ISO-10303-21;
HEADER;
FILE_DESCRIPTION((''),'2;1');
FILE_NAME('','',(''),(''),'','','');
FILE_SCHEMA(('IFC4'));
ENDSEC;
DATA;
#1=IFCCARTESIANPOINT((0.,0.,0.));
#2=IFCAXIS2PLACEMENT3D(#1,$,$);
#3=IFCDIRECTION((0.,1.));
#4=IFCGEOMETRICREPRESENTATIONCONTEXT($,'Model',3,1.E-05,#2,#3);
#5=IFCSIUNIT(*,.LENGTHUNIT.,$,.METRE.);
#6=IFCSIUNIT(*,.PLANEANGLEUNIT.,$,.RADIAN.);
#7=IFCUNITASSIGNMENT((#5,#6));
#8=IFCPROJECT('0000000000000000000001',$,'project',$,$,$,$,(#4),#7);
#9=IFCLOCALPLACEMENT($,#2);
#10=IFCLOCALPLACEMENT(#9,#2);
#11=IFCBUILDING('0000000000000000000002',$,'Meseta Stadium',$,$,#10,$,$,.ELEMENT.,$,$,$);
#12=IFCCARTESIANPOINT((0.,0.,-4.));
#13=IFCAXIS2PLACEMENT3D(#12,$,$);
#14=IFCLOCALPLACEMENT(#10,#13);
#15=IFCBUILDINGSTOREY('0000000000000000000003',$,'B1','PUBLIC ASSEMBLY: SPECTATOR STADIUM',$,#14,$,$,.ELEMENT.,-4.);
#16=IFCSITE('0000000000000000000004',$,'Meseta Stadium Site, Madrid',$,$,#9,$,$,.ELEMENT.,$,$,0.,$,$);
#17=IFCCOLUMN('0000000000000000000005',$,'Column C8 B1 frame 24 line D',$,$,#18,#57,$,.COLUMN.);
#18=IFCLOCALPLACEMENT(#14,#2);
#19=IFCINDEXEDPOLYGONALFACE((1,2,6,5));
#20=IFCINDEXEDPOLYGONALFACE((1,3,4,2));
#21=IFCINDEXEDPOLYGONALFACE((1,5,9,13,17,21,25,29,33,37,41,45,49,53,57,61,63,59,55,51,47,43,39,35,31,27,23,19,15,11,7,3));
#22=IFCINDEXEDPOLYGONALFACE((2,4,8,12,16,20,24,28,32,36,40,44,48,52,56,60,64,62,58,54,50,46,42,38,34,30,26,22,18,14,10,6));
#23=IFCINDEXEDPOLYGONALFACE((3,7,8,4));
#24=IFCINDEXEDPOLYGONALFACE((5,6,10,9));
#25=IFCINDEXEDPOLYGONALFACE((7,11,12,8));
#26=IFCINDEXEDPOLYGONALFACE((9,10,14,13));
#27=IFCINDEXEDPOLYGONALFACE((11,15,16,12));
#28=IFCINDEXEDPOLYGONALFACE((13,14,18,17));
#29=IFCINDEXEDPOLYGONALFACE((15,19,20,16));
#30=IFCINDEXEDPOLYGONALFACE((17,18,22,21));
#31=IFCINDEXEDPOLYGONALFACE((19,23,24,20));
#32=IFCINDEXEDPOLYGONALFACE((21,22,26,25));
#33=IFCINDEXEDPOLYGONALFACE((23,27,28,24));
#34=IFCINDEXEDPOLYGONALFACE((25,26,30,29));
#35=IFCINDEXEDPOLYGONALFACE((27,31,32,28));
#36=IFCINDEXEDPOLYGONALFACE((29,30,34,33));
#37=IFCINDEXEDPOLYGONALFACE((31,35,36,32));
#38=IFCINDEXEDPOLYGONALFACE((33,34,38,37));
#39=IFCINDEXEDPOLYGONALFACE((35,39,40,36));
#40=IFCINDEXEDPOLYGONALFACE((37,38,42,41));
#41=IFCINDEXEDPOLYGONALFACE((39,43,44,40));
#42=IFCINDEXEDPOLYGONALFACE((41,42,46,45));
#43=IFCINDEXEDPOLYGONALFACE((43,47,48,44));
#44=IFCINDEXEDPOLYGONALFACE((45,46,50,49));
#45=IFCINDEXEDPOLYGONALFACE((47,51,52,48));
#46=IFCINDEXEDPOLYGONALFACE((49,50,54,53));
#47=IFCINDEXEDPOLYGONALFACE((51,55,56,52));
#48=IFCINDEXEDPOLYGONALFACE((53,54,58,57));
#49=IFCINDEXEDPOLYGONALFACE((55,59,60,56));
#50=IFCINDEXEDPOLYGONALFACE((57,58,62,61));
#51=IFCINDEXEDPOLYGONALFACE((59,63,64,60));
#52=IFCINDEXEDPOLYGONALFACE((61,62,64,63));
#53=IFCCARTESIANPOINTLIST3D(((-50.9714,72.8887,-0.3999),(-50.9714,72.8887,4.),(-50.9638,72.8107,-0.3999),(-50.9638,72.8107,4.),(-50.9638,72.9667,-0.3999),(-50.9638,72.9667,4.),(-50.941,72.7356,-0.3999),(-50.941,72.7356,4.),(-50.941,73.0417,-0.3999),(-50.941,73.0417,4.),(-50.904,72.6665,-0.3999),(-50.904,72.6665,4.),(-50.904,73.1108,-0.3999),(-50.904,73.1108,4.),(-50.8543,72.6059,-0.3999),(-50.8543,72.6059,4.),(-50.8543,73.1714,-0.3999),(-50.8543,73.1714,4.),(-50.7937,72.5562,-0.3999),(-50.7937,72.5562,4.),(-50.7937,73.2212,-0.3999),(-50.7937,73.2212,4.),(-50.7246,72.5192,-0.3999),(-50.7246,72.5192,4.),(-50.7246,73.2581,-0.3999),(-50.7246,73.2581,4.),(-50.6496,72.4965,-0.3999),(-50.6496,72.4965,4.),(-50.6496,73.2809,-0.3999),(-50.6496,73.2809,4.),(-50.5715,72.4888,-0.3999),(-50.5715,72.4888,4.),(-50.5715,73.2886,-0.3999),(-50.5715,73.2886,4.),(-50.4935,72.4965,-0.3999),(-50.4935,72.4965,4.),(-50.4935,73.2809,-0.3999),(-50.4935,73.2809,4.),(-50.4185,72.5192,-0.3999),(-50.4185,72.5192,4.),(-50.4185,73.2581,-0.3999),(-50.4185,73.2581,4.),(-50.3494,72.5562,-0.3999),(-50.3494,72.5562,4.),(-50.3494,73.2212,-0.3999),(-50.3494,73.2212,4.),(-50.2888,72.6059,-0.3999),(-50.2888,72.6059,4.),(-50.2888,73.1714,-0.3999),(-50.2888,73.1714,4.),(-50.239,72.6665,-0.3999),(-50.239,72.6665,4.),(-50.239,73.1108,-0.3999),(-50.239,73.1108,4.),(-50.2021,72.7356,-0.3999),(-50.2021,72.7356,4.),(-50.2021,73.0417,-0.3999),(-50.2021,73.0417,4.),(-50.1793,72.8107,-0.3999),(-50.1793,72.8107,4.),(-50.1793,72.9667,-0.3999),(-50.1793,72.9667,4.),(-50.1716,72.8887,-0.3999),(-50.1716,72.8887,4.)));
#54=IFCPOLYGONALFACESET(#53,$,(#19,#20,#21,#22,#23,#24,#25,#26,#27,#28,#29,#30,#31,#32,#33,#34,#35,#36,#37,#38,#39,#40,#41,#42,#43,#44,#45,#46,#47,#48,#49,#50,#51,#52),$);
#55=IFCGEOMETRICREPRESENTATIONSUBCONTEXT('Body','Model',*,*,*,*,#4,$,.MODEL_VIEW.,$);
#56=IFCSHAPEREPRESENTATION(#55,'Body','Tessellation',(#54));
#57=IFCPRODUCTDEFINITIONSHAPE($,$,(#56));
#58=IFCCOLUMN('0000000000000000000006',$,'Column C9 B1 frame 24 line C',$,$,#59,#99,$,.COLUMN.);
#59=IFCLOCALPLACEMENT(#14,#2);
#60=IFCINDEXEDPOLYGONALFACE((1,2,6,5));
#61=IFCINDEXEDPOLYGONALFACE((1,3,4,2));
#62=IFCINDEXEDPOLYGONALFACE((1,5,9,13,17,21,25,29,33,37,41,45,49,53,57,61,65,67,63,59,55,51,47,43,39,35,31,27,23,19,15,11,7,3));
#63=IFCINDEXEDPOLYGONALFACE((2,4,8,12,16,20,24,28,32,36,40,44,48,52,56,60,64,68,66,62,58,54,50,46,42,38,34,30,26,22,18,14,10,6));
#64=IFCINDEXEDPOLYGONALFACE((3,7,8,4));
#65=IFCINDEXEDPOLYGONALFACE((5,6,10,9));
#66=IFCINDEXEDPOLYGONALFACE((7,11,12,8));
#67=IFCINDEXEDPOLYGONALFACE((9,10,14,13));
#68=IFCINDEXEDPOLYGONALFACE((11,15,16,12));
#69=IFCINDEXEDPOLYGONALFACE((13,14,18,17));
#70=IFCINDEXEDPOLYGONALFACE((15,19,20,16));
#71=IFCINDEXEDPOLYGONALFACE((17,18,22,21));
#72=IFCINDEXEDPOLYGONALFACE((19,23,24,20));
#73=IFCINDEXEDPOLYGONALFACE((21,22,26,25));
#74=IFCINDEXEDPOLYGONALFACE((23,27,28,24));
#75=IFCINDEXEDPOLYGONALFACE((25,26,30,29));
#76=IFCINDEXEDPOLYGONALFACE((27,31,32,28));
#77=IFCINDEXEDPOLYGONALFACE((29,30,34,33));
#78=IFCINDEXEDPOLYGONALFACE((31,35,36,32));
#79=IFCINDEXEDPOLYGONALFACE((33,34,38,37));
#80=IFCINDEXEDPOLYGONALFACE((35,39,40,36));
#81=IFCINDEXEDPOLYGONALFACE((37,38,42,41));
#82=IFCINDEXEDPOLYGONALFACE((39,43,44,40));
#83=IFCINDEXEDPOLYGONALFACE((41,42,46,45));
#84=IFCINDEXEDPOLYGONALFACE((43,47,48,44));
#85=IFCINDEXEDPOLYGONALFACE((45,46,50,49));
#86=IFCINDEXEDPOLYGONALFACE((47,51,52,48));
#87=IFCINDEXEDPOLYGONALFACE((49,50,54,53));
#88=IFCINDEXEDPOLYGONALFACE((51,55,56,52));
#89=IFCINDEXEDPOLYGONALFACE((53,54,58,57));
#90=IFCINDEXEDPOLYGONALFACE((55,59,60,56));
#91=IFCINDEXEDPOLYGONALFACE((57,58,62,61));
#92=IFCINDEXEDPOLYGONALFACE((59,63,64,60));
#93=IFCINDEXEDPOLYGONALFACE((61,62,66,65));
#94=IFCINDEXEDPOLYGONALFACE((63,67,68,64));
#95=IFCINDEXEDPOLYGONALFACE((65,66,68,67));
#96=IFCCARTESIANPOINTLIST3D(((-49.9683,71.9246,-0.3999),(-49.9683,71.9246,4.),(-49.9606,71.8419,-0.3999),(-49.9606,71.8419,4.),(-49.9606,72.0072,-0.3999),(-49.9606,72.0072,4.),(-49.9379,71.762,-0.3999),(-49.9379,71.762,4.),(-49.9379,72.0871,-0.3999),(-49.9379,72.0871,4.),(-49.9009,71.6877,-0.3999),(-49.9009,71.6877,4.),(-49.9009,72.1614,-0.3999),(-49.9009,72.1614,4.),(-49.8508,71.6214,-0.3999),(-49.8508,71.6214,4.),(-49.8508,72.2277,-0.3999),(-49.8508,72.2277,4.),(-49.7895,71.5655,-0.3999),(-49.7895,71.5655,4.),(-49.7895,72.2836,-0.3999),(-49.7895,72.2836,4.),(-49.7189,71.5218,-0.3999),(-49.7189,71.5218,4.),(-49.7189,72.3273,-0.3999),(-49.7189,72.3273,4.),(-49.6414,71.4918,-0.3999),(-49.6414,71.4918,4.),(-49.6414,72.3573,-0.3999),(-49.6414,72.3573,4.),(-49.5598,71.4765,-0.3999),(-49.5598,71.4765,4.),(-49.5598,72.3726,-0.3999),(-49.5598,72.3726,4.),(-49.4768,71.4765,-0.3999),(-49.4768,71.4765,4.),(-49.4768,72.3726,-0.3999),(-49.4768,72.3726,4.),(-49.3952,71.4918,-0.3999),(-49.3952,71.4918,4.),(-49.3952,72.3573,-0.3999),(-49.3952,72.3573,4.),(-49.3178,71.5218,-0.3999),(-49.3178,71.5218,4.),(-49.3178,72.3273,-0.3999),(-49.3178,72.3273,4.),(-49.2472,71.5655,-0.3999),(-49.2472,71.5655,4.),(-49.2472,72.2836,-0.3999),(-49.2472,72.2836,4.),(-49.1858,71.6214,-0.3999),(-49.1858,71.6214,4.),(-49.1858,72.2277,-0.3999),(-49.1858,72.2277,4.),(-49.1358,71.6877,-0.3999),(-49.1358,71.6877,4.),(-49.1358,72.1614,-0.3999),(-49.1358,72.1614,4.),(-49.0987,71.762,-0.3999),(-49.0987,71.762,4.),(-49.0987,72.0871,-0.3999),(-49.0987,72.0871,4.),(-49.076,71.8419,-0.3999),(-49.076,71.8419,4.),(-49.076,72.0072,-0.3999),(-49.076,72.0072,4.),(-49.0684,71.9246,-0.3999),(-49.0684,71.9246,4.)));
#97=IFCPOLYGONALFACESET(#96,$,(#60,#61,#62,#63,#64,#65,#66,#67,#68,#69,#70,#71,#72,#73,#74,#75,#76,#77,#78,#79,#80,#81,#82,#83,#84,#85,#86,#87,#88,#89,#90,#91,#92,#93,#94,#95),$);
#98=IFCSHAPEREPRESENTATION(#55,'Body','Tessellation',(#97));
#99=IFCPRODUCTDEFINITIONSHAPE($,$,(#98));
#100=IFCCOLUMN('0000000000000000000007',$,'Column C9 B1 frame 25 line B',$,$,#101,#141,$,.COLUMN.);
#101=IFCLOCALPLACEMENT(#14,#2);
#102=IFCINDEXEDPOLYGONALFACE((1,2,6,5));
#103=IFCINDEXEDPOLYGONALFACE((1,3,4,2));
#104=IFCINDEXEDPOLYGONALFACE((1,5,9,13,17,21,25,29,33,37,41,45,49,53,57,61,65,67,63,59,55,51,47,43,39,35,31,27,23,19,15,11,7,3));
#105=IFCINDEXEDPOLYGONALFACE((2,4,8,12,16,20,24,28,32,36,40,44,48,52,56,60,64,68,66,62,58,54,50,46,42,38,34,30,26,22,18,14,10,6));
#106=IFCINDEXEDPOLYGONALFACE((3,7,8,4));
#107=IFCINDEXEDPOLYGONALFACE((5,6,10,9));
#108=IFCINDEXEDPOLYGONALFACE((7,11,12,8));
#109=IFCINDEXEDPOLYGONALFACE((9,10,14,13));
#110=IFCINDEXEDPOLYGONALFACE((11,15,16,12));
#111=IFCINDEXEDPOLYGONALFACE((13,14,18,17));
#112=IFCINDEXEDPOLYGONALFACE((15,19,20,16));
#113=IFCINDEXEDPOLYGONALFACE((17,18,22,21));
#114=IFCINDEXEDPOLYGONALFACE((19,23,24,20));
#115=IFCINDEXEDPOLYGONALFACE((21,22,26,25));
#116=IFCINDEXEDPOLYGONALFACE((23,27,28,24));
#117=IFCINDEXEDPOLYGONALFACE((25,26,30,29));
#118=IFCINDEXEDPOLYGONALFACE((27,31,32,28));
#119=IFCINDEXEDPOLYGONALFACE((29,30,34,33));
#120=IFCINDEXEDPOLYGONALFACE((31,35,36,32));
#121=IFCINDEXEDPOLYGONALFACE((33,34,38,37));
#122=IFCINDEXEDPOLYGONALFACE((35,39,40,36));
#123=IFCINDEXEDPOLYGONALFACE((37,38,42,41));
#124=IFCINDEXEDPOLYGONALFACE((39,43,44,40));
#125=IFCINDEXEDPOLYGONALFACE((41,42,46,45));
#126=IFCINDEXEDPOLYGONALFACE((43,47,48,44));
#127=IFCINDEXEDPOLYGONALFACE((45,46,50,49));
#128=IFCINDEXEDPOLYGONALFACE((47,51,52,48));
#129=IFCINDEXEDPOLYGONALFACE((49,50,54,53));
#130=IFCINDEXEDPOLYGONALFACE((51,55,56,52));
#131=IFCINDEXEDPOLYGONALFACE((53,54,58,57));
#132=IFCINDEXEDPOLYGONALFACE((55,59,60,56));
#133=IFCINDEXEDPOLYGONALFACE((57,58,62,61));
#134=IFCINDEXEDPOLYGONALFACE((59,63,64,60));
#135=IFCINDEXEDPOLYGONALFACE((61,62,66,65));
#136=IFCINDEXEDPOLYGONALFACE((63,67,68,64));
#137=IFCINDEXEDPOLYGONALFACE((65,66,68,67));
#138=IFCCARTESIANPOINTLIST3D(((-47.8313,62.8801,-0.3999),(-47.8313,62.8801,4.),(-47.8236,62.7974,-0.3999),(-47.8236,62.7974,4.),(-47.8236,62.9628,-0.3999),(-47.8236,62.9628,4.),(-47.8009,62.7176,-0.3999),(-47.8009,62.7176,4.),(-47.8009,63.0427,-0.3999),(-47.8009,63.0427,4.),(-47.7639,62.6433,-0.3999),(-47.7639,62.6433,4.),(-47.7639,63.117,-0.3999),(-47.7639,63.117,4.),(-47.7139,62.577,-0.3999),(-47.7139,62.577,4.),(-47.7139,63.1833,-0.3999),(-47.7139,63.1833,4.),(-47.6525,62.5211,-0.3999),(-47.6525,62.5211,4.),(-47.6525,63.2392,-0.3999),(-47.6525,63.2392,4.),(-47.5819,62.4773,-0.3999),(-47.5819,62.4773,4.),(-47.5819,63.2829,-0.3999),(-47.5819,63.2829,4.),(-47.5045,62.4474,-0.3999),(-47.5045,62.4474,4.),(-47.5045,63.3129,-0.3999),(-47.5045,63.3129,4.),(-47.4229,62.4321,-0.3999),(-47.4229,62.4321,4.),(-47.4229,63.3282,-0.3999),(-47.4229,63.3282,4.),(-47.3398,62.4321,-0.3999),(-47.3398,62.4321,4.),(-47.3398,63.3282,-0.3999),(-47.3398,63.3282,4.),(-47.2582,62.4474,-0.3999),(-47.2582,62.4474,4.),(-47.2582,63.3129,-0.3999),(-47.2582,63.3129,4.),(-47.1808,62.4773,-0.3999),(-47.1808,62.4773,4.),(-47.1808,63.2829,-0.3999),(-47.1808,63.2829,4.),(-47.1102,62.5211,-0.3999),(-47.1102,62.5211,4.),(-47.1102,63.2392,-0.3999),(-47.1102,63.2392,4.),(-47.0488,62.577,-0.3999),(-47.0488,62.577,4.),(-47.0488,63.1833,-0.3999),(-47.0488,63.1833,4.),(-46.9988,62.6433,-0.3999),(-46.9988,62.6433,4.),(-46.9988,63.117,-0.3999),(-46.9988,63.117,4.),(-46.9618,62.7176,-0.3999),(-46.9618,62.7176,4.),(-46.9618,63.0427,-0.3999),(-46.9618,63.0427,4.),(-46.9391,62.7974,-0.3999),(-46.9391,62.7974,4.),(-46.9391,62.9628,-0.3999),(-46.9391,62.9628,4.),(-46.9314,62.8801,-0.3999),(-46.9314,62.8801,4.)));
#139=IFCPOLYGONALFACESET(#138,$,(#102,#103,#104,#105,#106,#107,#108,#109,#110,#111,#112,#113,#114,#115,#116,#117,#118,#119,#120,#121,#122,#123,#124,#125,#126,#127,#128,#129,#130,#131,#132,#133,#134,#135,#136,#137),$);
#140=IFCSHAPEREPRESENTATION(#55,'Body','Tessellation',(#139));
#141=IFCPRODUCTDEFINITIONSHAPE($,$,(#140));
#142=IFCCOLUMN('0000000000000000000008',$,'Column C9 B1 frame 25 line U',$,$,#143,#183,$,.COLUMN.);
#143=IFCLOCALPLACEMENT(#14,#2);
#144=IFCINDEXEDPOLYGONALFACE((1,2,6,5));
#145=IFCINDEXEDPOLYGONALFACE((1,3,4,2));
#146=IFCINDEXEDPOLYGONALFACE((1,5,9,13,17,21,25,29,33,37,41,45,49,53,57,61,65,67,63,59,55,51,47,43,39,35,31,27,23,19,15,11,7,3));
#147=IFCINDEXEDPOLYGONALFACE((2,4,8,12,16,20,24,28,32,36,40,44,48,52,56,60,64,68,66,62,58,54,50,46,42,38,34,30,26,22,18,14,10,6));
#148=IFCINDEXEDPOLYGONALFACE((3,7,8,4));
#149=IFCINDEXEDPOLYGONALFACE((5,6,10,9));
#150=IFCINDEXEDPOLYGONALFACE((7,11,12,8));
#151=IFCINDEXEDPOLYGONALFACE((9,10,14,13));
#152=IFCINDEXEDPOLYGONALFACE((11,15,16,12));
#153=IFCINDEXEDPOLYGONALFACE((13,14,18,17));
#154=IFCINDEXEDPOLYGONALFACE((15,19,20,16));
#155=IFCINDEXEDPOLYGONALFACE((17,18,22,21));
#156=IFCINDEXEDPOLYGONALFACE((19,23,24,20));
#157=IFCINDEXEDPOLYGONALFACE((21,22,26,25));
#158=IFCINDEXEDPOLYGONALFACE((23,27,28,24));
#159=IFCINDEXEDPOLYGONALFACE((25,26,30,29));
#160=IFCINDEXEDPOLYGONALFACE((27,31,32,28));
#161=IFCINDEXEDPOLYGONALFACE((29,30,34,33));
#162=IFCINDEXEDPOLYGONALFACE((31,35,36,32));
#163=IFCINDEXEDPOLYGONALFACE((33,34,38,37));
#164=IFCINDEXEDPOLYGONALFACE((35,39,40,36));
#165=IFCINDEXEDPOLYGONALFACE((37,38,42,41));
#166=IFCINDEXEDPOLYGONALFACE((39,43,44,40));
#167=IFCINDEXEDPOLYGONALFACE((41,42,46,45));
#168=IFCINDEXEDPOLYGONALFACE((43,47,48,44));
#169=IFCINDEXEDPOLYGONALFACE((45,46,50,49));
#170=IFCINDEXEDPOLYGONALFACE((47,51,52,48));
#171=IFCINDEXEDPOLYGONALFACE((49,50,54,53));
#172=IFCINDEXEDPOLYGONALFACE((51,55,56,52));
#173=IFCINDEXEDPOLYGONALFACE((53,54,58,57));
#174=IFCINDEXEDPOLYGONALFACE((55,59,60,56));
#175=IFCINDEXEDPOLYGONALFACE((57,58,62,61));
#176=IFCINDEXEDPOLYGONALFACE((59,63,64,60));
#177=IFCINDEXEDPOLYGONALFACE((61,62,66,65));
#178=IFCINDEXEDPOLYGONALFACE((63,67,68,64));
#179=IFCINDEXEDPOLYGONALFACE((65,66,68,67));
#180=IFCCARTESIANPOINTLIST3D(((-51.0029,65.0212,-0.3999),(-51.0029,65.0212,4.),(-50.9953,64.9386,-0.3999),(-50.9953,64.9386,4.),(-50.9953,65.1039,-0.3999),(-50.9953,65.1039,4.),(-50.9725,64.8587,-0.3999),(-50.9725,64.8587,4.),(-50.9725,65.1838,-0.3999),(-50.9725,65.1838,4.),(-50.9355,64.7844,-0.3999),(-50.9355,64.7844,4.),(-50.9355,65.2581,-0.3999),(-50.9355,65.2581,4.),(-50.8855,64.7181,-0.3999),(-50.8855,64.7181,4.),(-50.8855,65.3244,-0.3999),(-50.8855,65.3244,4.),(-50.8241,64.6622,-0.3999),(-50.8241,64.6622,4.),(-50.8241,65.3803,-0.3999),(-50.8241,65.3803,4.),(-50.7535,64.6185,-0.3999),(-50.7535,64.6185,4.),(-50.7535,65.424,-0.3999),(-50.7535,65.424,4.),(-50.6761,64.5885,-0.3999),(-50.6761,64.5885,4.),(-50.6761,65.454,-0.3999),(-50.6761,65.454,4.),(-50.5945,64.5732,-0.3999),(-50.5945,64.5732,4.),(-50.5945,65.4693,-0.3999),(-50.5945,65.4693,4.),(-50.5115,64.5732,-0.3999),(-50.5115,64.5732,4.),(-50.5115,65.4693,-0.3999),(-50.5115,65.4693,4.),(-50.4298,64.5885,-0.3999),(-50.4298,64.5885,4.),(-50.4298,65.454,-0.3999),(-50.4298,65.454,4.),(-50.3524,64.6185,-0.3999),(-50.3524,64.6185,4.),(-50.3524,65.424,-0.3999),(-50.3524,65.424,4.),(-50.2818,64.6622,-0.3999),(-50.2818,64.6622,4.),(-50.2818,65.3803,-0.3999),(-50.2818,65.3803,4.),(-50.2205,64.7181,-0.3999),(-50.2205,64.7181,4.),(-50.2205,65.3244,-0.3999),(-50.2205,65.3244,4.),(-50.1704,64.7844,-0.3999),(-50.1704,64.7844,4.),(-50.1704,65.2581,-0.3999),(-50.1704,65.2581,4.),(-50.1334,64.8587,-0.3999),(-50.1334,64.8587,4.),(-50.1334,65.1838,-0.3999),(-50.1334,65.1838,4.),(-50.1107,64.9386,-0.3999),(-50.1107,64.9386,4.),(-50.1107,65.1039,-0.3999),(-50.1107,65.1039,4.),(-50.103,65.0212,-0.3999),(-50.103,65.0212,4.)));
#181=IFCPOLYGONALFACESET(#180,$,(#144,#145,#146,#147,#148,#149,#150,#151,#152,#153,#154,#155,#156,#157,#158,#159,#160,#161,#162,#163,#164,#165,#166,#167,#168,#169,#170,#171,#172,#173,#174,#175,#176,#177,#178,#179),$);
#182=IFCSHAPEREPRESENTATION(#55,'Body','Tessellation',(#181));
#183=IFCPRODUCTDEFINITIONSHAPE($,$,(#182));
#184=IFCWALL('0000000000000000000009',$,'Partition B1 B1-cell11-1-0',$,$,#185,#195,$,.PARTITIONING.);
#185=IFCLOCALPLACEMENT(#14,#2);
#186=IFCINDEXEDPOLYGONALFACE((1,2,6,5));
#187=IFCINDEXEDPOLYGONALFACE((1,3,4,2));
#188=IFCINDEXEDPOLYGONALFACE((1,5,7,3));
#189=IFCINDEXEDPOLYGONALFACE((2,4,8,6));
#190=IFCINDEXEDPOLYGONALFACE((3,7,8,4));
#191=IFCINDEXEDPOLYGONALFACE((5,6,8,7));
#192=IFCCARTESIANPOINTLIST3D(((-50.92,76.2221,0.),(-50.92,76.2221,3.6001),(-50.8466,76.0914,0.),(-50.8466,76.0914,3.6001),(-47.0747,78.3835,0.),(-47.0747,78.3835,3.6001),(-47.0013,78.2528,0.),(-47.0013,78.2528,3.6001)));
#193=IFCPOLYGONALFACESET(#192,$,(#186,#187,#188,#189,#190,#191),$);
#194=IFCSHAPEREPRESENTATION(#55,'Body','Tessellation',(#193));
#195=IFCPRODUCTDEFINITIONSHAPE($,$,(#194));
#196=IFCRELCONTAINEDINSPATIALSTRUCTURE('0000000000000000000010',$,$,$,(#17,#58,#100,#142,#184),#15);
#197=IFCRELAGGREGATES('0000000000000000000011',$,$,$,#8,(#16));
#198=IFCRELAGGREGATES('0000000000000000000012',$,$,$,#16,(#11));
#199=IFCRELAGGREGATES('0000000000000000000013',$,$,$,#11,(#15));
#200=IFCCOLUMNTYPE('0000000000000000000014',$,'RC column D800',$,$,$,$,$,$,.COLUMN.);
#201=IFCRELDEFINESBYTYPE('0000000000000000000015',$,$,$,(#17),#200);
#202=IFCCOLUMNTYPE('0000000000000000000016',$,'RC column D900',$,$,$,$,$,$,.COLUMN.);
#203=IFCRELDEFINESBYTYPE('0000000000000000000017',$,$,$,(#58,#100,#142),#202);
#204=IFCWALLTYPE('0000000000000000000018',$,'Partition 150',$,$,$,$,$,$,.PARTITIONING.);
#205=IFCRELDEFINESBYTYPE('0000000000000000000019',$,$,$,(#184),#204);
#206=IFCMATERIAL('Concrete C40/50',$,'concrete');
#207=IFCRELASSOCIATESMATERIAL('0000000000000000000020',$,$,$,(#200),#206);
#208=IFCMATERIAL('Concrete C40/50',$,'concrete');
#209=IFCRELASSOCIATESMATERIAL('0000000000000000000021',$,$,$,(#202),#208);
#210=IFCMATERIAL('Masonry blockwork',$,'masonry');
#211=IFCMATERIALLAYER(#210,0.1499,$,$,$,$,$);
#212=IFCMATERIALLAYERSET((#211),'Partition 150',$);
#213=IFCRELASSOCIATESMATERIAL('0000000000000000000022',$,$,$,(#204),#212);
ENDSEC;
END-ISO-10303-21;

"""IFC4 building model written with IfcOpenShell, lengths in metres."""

from ifc_helpers import new_model, si_unit, direction, frame, frame_2d, origin, origin_2d, place, context, subcontext, project, spatial, rectangle, circle, extrude, material, layer, layer_set, material_profile, profile_set, type_object, element, save


model = new_model("IFC4")

# Units and contexts
model_context = context("Model", 3, precision=1e-05, world=origin(), true_north=direction((0.0, 1.0)))
body_context = subcontext(model_context, "Body", "Model", "MODEL_VIEW")
ifc_project = project(units=[si_unit("LENGTHUNIT", "METRE"), si_unit("PLANEANGLEUNIT", "RADIAN")], contexts=[model_context])

# Site, building, storey
site_placement = place(None, origin())
site = spatial("IfcSite", under=ifc_project, at=site_placement, Name="Meseta Stadium Site, Madrid", CompositionType="ELEMENT", RefElevation=0.0)
building_placement = place(site_placement, origin())
building = spatial("IfcBuilding", under=site, at=building_placement, Name="Meseta Stadium", CompositionType="ELEMENT")
storey_placement = place(building_placement, frame((0.0, 0.0, -4.0)))
storey = spatial("IfcBuildingStorey", under=building, at=storey_placement, Name="B1", Description="PUBLIC ASSEMBLY: SPECTATOR STADIUM", CompositionType="ELEMENT", Elevation=-4.0)

# Columns
ifc_material_1 = material(Name="Concrete C40/50", Category="concrete")
ifc_material_profile_1 = material_profile(ifc_material_1, circle(Radius=0.3999, at=origin_2d()), Name="RC D800")
ifc_profile_set_1 = profile_set([ifc_material_profile_1], Name="Concrete C40/50")
column_type_1 = type_object("IfcColumnType", Name="RC column D800", PredefinedType="COLUMN", material=ifc_profile_set_1)
column_placement = place(storey_placement, frame((-50.5715, 72.8887, -0.3999), z_axis=(0.0, 0.0, 1.0), x_axis=(1.0, 0.0, 0.0)))
element("IfcColumn", 1, at=column_placement, inside=storey, type_object=column_type_1, Name="Column C8 B1 frame 24 line D", PredefinedType="COLUMN", context=body_context, shape_type="SweptSolid", body=[
    extrude(circle(Radius=0.3999, at=origin_2d()), origin(), (0.0, 0.0, 1.0), 4.3999),
])
ifc_material_2 = material(Name="Concrete C40/50", Category="concrete")
ifc_material_profile_2 = material_profile(ifc_material_2, circle(Radius=0.45, at=origin_2d()), Name="RC D900")
ifc_profile_set_2 = profile_set([ifc_material_profile_2], Name="Concrete C40/50")
column_type_2 = type_object("IfcColumnType", Name="RC column D900", PredefinedType="COLUMN", material=ifc_profile_set_2)
for number, where, z_axis, x_axis, name in (
    (2, (-49.5183, 71.9246, -0.3999), (0.0, 0.0, 1.0), (1.0, 0.0, 0.0), "Column C9 B1 frame 24 line C"),
    (3, (-47.3813, 62.8801, -0.3999), (0.0, 0.0, 1.0), (1.0, 0.0, 0.0), "Column C9 B1 frame 25 line B"),
    (4, (-50.553, 65.0212, -0.3999), (0.0, 0.0, 1.0), (1.0, 0.0, 0.0), "Column C9 B1 frame 25 line U"),
):
    element("IfcColumn", number, at=place(storey_placement, frame(where, z_axis=z_axis, x_axis=x_axis)), inside=storey, type_object=column_type_2, Name=name, PredefinedType="COLUMN", context=body_context, shape_type="SweptSolid", body=[
        extrude(circle(Radius=0.45, at=origin_2d()), origin(), (0.0, 0.0, 1.0), 4.3999),
    ])

# Wall
ifc_material_3 = material(Name="Masonry blockwork", Category="masonry")
ifc_layer = layer(ifc_material_3, 0.1499)
ifc_layer_set = layer_set([ifc_layer], Name="Partition 150")
wall_type = type_object("IfcWallType", Name="Partition 150", PredefinedType="PARTITIONING", material=ifc_layer_set)
wall_1_placement = place(storey_placement, frame((-50.8833, 76.1567, 0.0), z_axis=(0.0, 0.0, 1.0), x_axis=(0.871726, 0.489993, 0.0)))
element("IfcWall", 5, at=wall_1_placement, inside=storey, type_object=wall_type, Name="Partition B1 B1-cell11-1-0", PredefinedType="PARTITIONING", context=body_context, shape_type="SweptSolid", body=[
    extrude(rectangle(XDim=4.4111, YDim=0.1499, at=frame_2d((2.2056, 0.0))), origin(), (0.0, 0.0, 1.0), 3.6001),
])

save(model, "model.ifc")
